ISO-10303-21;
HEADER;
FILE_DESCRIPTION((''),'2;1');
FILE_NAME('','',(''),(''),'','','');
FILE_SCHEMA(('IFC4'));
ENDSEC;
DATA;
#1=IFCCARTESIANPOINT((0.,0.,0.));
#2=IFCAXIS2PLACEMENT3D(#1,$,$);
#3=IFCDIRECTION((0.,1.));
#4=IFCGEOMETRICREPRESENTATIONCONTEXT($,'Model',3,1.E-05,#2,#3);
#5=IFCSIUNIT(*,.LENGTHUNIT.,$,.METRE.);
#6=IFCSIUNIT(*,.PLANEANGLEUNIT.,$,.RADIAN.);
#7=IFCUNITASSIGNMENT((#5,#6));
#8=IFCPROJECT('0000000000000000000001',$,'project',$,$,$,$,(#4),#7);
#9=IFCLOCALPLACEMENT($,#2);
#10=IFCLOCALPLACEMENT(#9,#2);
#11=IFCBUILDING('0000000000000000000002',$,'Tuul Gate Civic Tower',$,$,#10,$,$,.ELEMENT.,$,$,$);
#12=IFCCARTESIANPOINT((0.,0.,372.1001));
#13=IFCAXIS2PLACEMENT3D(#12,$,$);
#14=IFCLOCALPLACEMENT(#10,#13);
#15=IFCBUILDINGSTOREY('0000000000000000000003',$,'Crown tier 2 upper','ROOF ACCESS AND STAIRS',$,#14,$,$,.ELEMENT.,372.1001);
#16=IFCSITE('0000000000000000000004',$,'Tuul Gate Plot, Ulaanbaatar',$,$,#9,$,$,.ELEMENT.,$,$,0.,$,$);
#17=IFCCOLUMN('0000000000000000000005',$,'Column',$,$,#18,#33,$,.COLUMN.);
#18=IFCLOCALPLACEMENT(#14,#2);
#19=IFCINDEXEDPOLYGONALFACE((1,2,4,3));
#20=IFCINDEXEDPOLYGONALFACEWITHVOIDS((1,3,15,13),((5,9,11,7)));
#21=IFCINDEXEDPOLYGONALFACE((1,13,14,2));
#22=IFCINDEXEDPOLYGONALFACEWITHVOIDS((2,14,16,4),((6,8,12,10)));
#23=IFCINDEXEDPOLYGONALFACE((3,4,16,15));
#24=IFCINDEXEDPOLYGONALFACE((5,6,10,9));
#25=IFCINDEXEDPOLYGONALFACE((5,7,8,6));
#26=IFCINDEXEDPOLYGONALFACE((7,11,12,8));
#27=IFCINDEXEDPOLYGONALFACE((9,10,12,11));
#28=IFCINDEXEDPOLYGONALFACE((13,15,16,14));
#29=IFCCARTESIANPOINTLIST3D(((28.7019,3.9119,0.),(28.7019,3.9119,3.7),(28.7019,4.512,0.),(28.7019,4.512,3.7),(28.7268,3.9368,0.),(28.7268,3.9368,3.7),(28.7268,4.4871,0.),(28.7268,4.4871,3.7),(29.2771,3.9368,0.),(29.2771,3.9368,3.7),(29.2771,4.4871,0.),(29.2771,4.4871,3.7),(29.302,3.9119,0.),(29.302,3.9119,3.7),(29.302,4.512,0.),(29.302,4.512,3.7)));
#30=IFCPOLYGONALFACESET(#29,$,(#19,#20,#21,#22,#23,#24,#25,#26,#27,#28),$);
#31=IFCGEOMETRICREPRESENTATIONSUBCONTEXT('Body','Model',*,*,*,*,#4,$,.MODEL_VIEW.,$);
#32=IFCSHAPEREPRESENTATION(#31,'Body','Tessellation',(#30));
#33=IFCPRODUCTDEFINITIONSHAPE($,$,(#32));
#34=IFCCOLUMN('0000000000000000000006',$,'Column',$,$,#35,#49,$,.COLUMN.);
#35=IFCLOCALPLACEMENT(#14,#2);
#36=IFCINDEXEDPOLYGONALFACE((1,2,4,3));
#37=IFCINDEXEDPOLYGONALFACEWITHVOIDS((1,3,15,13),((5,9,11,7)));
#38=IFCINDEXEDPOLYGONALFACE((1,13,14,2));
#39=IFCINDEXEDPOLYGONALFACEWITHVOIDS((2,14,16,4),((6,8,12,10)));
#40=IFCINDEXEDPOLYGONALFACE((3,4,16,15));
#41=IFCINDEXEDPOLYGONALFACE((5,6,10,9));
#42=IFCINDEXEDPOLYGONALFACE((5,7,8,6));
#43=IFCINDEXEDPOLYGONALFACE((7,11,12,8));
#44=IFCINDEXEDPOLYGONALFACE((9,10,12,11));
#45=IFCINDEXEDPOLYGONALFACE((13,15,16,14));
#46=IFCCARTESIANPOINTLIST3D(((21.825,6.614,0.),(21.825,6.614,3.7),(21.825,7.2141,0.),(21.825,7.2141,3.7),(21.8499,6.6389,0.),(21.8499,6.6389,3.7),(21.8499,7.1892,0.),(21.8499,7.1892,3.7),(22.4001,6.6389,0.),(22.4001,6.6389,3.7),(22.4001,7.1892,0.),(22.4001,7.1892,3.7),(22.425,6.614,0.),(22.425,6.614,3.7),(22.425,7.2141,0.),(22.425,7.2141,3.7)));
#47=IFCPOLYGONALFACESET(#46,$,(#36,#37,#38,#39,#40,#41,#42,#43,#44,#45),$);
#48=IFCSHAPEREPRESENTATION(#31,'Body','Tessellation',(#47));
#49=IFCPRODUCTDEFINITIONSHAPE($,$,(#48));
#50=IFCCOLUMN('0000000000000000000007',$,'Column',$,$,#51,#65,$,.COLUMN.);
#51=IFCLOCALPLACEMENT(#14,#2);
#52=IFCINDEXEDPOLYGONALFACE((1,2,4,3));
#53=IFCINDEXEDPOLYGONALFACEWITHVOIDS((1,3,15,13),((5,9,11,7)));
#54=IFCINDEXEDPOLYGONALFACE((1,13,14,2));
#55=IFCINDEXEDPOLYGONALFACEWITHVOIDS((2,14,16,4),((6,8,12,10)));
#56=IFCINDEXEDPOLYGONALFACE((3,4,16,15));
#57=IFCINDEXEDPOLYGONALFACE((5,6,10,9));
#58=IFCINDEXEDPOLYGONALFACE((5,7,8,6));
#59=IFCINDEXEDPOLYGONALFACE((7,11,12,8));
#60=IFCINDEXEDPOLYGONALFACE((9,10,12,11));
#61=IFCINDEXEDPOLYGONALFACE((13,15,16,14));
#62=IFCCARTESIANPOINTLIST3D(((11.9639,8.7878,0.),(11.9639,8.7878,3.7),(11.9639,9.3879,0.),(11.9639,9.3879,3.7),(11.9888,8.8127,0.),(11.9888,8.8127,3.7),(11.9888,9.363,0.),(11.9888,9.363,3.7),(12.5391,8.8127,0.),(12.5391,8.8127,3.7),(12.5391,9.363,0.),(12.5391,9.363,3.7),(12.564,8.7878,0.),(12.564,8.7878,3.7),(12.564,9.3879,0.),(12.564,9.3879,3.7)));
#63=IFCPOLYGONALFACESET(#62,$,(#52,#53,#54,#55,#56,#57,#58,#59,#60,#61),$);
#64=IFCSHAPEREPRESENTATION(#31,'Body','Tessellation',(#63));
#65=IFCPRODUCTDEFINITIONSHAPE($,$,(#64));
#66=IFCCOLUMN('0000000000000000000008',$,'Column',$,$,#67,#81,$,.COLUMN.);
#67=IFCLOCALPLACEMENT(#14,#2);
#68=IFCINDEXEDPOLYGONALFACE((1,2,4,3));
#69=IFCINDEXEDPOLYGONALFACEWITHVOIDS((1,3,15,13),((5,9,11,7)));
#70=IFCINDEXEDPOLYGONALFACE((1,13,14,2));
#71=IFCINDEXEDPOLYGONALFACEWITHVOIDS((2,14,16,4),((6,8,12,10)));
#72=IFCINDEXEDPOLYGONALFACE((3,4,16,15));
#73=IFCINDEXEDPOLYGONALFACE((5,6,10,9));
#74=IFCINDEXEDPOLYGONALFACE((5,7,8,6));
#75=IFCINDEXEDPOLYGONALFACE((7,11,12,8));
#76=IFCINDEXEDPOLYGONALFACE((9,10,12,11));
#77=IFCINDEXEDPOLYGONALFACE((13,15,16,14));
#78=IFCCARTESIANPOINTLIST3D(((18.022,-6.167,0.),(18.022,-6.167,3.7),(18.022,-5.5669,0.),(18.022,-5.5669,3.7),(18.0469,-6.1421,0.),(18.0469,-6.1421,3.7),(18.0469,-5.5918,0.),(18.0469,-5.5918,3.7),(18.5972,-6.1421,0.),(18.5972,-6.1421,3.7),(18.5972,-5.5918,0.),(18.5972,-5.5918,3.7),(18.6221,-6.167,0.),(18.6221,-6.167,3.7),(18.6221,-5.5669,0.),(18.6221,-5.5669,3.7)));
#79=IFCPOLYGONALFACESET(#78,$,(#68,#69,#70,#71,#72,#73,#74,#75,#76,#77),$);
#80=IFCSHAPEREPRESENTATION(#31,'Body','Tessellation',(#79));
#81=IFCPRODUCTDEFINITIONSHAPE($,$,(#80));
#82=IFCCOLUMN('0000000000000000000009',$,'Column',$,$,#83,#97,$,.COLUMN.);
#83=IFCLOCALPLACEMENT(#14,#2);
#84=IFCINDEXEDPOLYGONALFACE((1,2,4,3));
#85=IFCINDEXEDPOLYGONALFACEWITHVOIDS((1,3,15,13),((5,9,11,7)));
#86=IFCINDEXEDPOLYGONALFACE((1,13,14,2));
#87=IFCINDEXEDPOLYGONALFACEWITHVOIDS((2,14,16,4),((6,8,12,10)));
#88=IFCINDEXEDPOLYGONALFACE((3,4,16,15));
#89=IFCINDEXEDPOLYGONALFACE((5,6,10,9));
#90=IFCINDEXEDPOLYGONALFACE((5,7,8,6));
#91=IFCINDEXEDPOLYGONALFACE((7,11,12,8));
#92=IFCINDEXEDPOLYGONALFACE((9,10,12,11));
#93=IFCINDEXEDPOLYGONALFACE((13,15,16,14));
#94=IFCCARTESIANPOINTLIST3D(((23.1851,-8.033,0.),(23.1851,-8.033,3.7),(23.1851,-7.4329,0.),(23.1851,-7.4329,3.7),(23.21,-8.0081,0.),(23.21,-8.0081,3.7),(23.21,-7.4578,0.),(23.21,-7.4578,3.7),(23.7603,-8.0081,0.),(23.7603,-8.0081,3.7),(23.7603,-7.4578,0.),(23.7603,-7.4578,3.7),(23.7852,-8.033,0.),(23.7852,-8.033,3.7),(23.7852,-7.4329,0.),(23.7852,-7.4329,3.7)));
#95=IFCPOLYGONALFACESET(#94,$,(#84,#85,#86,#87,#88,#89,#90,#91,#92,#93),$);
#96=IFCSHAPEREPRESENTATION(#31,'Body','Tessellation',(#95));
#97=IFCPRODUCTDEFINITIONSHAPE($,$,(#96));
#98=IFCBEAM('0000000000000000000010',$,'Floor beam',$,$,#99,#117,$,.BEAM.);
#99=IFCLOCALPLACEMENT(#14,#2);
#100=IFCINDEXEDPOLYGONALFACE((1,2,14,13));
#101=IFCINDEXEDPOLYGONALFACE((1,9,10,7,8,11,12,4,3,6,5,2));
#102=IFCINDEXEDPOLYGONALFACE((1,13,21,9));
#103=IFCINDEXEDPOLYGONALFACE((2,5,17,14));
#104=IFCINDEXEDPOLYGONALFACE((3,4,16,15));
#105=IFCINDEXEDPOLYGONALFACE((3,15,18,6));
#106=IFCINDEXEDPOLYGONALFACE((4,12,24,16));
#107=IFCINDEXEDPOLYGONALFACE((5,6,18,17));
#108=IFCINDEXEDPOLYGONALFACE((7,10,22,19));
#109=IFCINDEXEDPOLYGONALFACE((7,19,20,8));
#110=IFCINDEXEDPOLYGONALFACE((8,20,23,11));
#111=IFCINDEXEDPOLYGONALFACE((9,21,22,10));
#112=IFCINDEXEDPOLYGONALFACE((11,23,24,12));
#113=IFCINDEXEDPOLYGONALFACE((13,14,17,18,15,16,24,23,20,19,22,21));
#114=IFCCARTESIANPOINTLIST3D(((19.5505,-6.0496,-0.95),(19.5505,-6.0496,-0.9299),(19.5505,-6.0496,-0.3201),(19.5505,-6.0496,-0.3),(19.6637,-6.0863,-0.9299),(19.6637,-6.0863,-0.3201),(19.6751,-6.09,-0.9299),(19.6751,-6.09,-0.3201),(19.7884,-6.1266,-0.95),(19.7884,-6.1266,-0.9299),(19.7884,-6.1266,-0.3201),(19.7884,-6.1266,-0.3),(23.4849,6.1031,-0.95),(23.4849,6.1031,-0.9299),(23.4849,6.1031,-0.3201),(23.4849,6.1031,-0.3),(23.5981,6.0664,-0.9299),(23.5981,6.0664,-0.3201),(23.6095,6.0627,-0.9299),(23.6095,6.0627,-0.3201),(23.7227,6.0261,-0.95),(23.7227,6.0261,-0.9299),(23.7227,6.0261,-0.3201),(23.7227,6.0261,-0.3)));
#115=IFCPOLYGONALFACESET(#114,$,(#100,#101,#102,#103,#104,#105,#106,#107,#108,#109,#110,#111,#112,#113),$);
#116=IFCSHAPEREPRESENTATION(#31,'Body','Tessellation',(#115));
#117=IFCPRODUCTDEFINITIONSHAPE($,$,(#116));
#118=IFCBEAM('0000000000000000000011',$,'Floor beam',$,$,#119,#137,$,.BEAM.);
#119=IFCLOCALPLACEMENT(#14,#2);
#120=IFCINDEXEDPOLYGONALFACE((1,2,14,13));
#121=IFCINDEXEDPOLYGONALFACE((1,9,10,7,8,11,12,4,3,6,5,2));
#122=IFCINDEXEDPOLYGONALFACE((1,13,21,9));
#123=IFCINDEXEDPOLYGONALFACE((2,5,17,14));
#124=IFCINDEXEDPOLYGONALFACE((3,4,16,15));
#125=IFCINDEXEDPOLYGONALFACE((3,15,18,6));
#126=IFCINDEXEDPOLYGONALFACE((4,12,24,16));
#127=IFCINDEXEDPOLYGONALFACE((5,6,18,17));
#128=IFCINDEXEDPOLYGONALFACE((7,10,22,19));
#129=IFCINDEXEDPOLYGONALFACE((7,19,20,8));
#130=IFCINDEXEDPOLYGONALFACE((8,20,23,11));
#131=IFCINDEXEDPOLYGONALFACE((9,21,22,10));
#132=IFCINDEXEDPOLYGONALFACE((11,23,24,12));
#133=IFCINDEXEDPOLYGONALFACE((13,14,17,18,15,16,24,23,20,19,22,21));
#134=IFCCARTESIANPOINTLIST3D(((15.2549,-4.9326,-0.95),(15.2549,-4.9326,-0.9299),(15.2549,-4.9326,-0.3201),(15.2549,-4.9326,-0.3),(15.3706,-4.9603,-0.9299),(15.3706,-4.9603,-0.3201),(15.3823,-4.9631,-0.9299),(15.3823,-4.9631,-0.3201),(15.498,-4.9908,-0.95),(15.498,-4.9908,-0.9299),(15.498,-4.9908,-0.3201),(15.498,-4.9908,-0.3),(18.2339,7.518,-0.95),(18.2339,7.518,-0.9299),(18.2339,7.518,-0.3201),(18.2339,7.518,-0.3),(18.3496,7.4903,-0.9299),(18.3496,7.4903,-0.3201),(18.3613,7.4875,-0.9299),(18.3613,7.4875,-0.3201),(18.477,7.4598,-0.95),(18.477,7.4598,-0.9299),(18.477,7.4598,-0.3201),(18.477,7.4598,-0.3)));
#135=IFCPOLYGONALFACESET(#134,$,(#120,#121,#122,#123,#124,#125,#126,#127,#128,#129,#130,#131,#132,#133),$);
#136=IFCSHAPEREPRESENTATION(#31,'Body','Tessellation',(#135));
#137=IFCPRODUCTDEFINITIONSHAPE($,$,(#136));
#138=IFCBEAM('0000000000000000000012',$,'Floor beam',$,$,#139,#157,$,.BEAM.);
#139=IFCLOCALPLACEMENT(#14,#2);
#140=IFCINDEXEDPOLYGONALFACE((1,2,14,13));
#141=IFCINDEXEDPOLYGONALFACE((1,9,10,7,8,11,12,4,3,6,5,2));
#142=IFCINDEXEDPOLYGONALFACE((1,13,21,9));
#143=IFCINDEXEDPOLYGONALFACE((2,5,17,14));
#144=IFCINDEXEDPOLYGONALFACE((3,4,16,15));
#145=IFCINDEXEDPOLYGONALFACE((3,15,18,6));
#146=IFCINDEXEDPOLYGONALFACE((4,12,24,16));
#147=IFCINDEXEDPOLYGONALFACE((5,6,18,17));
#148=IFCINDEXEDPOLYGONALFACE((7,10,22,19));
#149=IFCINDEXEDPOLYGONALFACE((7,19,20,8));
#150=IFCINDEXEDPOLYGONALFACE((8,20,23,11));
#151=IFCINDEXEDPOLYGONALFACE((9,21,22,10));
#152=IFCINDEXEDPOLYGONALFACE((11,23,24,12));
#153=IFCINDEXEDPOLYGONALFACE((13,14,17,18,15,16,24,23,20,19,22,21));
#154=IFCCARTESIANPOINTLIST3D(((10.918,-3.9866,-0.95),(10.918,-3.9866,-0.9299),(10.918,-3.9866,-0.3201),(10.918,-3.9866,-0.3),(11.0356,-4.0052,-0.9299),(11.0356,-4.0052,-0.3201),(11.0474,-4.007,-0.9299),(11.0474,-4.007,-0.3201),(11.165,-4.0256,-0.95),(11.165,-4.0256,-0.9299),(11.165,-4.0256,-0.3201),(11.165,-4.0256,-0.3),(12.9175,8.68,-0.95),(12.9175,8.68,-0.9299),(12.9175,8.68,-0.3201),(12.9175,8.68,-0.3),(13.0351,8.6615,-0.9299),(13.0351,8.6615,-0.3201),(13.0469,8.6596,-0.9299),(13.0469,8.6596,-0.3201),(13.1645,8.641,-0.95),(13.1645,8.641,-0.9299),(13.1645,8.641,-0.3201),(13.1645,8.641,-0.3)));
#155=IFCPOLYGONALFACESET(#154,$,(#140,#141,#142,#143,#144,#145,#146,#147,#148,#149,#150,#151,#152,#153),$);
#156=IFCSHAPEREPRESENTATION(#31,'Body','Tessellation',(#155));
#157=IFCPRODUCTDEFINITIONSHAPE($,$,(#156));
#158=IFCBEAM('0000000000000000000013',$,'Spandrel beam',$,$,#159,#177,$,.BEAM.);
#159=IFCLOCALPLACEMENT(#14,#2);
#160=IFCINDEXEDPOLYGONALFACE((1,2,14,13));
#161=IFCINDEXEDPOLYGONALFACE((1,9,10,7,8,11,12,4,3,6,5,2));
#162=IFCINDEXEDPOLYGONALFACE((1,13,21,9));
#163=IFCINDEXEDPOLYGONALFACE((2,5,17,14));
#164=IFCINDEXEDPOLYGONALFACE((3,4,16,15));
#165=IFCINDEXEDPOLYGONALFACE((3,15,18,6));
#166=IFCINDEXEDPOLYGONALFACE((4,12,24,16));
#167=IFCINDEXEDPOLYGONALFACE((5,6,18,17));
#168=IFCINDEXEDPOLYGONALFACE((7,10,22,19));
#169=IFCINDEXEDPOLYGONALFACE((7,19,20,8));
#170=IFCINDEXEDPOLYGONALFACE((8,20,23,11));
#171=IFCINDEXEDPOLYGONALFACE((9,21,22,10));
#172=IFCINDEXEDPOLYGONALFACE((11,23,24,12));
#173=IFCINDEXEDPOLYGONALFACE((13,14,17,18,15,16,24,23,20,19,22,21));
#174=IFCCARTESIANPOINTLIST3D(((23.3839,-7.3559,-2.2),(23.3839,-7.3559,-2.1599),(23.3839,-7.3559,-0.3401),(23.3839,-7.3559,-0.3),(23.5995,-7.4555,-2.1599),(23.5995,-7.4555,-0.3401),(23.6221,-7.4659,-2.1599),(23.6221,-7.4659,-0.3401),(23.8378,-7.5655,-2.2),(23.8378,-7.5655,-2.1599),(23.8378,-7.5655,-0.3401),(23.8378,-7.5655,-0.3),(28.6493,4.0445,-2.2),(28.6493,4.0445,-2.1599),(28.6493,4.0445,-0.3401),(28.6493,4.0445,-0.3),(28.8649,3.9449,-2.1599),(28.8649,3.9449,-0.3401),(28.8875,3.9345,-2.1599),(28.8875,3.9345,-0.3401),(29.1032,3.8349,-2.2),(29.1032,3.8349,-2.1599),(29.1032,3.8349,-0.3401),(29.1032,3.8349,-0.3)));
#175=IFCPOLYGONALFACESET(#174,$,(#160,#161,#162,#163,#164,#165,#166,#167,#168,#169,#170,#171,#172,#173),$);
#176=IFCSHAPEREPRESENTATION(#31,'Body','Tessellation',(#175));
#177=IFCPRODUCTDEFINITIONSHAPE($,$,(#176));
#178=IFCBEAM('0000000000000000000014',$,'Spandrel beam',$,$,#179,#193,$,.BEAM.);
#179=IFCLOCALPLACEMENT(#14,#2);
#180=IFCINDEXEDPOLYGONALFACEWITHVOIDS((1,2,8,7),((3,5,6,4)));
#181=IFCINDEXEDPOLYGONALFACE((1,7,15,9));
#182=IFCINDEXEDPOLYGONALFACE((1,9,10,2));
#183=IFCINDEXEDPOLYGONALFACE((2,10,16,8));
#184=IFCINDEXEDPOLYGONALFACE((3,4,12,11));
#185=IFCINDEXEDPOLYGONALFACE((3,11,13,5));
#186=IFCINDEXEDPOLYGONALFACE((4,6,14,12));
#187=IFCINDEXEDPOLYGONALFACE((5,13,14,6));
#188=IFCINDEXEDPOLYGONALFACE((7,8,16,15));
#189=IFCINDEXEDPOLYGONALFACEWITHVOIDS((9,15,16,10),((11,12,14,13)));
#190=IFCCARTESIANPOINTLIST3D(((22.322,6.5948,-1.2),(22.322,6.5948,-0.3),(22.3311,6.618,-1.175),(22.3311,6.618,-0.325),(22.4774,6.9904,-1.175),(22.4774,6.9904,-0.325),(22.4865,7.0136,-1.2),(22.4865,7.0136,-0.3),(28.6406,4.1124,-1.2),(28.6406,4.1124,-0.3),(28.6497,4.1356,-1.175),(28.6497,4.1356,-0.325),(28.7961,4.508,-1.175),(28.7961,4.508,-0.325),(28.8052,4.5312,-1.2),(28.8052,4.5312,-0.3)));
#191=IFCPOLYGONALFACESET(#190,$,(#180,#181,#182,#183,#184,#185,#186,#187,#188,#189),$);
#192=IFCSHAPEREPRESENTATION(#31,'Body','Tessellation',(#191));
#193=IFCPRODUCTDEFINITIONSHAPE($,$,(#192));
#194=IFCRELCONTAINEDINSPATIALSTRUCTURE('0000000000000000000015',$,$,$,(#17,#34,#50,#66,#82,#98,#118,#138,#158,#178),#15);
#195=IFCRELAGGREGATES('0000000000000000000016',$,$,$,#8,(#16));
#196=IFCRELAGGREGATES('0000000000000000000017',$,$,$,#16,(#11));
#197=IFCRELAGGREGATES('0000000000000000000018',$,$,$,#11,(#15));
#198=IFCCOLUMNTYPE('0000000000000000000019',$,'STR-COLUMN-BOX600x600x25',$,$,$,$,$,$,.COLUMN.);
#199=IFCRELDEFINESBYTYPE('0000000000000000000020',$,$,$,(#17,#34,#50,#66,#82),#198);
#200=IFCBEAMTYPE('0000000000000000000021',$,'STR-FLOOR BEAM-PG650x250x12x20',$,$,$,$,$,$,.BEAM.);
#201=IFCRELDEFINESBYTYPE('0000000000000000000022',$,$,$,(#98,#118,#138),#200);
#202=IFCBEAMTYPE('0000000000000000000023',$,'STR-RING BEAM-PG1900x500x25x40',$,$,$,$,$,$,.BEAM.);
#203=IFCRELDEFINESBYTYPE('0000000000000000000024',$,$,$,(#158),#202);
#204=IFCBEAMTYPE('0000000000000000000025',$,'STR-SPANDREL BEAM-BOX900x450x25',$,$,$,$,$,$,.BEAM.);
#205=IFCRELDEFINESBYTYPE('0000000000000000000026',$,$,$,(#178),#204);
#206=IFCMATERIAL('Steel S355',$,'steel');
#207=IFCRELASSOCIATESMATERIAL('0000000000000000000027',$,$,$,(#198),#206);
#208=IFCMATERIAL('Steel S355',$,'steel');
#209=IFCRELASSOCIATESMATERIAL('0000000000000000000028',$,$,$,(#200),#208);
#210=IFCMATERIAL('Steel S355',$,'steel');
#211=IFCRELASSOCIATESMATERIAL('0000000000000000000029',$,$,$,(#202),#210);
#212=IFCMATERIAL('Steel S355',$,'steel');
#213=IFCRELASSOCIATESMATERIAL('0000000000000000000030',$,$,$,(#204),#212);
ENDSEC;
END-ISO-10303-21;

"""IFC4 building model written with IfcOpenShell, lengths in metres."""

from ifc_helpers import new_model, si_unit, direction, frame, origin, origin_2d, place, context, subcontext, project, spatial, hollow_rectangle, i_section, extrude, material, material_profile, profile_set, type_object, element, save


model = new_model("IFC4")

# Units and contexts
model_context = context("Model", 3, precision=1e-05, world=origin(), true_north=direction((0.0, 1.0)))
body_context = subcontext(model_context, "Body", "Model", "MODEL_VIEW")
ifc_project = project(units=[si_unit("LENGTHUNIT", "METRE"), si_unit("PLANEANGLEUNIT", "RADIAN")], contexts=[model_context])

# Site, building, storey
site_placement = place(None, origin())
site = spatial("IfcSite", under=ifc_project, at=site_placement, Name="Tuul Gate Plot, Ulaanbaatar", CompositionType="ELEMENT", RefElevation=0.0)
building_placement = place(site_placement, origin())
building = spatial("IfcBuilding", under=site, at=building_placement, Name="Tuul Gate Civic Tower", CompositionType="ELEMENT")
storey_placement = place(building_placement, frame((0.0, 0.0, 372.1001)))
storey = spatial("IfcBuildingStorey", under=building, at=storey_placement, Name="Crown tier 2 upper", Description="ROOF ACCESS AND STAIRS", CompositionType="ELEMENT", Elevation=372.1001)

# Columns
ifc_material_1 = material(Name="Steel S355", Category="steel")
ifc_material_profile_1 = material_profile(ifc_material_1, hollow_rectangle(XDim=0.6001, YDim=0.6001, WallThickness=0.0249, at=origin_2d()), Name="BOX600x600x25")
ifc_profile_set_1 = profile_set([ifc_material_profile_1], Name="Steel S355")
column_type = type_object("IfcColumnType", Name="STR-COLUMN-BOX600x600x25", PredefinedType="COLUMN", material=ifc_profile_set_1)
for number, where, z_axis, x_axis, name in (
    (1, (29.002, 4.2119, 0.0), (0.0, 0.0, 1.0), (1.0, 0.0, 0.0), "Column"),
    (2, (22.125, 6.9141, 0.0), (0.0, 0.0, 1.0), (1.0, 0.0, 0.0), "Column"),
    (3, (12.2639, 9.0879, 0.0), (0.0, 0.0, 1.0), (1.0, 0.0, 0.0), "Column"),
    (4, (18.322, -5.8669, 0.0), (0.0, 0.0, 1.0), (1.0, 0.0, 0.0), "Column"),
    (5, (23.4851, -7.7329, 0.0), (0.0, 0.0, 1.0), (1.0, 0.0, 0.0), "Column"),
):
    element("IfcColumn", number, at=place(storey_placement, frame(where, z_axis=z_axis, x_axis=x_axis)), inside=storey, type_object=column_type, Name=name, PredefinedType="COLUMN", context=body_context, shape_type="SweptSolid", body=[
        extrude(hollow_rectangle(XDim=0.6001, YDim=0.6001, WallThickness=0.0249, at=origin_2d()), origin(), (0.0, 0.0, 1.0), 3.7),
    ])

# Beams
ifc_material_2 = material(Name="Steel S355", Category="steel")
ifc_material_profile_2 = material_profile(ifc_material_2, i_section(OverallWidth=0.25, OverallDepth=0.6499, WebThickness=0.012, FlangeThickness=0.02, at=origin_2d()), Name="PG650x250x12x20")
ifc_profile_set_2 = profile_set([ifc_material_profile_2], Name="Steel S355")
beam_type_1 = type_object("IfcBeamType", Name="STR-FLOOR BEAM-PG650x250x12x20", PredefinedType="BEAM", material=ifc_profile_set_2)
beam_1_placement = place(storey_placement, frame((19.6694, -6.0881, -0.625), z_axis=(0.308005, 0.951385, 0.0), x_axis=(-0.951385, 0.308005, 0.0)))
element("IfcBeam", 6, at=beam_1_placement, inside=storey, type_object=beam_type_1, Name="Floor beam", PredefinedType="BEAM", context=body_context, shape_type="SweptSolid", body=[
    extrude(i_section(OverallWidth=0.25, OverallDepth=0.6499, WebThickness=0.012, FlangeThickness=0.02, at=origin_2d()), origin(), (0.0, 0.0, 1.0), 12.7737),
])
beam_2_placement = place(storey_placement, frame((15.3765, -4.9617, -0.625), z_axis=(0.232696, 0.972549, 0.0), x_axis=(-0.972549, 0.232696, 0.0)))
element("IfcBeam", 7, at=beam_2_placement, inside=storey, type_object=beam_type_1, Name="Floor beam", PredefinedType="BEAM", context=body_context, shape_type="SweptSolid", body=[
    extrude(i_section(OverallWidth=0.25, OverallDepth=0.6499, WebThickness=0.012, FlangeThickness=0.02, at=origin_2d()), origin(), (0.0, 0.0, 1.0), 12.802),
])
beam_3_placement = place(storey_placement, frame((11.0415, -4.0061, -0.625), z_axis=(0.155924, 0.987769, 0.0), x_axis=(-0.987769, 0.155924, 0.0)))
element("IfcBeam", 8, at=beam_3_placement, inside=storey, type_object=beam_type_1, Name="Floor beam", PredefinedType="BEAM", context=body_context, shape_type="SweptSolid", body=[
    extrude(i_section(OverallWidth=0.25, OverallDepth=0.6499, WebThickness=0.012, FlangeThickness=0.02, at=origin_2d()), origin(), (0.0, 0.0, 1.0), 12.8235),
])
ifc_material_3 = material(Name="Steel S355", Category="steel")
ifc_material_profile_3 = material_profile(ifc_material_3, i_section(OverallWidth=0.5, OverallDepth=1.8999, WebThickness=0.0249, FlangeThickness=0.04, at=origin_2d()), Name="PG1900x500x25x40")
ifc_profile_set_3 = profile_set([ifc_material_profile_3], Name="Steel S355")
beam_type_2 = type_object("IfcBeamType", Name="STR-RING BEAM-PG1900x500x25x40", PredefinedType="BEAM", material=ifc_profile_set_3)
beam_4_placement = place(storey_placement, frame((23.6108, -7.4607, -1.25), z_axis=(0.419299, 0.907848, 0.0), x_axis=(-0.907848, 0.419299, 0.0)))
element("IfcBeam", 9, at=beam_4_placement, inside=storey, type_object=beam_type_2, Name="Spandrel beam", PredefinedType="BEAM", context=body_context, shape_type="SweptSolid", body=[
    extrude(i_section(OverallWidth=0.5, OverallDepth=1.8999, WebThickness=0.0249, FlangeThickness=0.04, at=origin_2d()), origin(), (0.0, 0.0, 1.0), 12.5576),
])
ifc_material_4 = material(Name="Steel S355", Category="steel")
ifc_material_profile_4 = material_profile(ifc_material_4, hollow_rectangle(XDim=0.45, YDim=0.8999, WallThickness=0.0249, at=origin_2d()), Name="BOX900x450x25")
ifc_profile_set_4 = profile_set([ifc_material_profile_4], Name="Steel S355")
beam_type_3 = type_object("IfcBeamType", Name="STR-SPANDREL BEAM-BOX900x450x25", PredefinedType="BEAM", material=ifc_profile_set_4)
beam_5_placement = place(storey_placement, frame((28.7229, 4.3218, -0.75), z_axis=(-0.930746, 0.365667, 0.0), x_axis=(-0.365667, -0.930746, 0.0)))
element("IfcBeam", 10, at=beam_5_placement, inside=storey, type_object=beam_type_3, Name="Spandrel beam", PredefinedType="BEAM", context=body_context, shape_type="SweptSolid", body=[
    extrude(hollow_rectangle(XDim=0.45, YDim=0.8999, WallThickness=0.0249, at=origin_2d()), origin(), (0.0, 0.0, 1.0), 6.7888),
])

save(model, "model.ifc")
